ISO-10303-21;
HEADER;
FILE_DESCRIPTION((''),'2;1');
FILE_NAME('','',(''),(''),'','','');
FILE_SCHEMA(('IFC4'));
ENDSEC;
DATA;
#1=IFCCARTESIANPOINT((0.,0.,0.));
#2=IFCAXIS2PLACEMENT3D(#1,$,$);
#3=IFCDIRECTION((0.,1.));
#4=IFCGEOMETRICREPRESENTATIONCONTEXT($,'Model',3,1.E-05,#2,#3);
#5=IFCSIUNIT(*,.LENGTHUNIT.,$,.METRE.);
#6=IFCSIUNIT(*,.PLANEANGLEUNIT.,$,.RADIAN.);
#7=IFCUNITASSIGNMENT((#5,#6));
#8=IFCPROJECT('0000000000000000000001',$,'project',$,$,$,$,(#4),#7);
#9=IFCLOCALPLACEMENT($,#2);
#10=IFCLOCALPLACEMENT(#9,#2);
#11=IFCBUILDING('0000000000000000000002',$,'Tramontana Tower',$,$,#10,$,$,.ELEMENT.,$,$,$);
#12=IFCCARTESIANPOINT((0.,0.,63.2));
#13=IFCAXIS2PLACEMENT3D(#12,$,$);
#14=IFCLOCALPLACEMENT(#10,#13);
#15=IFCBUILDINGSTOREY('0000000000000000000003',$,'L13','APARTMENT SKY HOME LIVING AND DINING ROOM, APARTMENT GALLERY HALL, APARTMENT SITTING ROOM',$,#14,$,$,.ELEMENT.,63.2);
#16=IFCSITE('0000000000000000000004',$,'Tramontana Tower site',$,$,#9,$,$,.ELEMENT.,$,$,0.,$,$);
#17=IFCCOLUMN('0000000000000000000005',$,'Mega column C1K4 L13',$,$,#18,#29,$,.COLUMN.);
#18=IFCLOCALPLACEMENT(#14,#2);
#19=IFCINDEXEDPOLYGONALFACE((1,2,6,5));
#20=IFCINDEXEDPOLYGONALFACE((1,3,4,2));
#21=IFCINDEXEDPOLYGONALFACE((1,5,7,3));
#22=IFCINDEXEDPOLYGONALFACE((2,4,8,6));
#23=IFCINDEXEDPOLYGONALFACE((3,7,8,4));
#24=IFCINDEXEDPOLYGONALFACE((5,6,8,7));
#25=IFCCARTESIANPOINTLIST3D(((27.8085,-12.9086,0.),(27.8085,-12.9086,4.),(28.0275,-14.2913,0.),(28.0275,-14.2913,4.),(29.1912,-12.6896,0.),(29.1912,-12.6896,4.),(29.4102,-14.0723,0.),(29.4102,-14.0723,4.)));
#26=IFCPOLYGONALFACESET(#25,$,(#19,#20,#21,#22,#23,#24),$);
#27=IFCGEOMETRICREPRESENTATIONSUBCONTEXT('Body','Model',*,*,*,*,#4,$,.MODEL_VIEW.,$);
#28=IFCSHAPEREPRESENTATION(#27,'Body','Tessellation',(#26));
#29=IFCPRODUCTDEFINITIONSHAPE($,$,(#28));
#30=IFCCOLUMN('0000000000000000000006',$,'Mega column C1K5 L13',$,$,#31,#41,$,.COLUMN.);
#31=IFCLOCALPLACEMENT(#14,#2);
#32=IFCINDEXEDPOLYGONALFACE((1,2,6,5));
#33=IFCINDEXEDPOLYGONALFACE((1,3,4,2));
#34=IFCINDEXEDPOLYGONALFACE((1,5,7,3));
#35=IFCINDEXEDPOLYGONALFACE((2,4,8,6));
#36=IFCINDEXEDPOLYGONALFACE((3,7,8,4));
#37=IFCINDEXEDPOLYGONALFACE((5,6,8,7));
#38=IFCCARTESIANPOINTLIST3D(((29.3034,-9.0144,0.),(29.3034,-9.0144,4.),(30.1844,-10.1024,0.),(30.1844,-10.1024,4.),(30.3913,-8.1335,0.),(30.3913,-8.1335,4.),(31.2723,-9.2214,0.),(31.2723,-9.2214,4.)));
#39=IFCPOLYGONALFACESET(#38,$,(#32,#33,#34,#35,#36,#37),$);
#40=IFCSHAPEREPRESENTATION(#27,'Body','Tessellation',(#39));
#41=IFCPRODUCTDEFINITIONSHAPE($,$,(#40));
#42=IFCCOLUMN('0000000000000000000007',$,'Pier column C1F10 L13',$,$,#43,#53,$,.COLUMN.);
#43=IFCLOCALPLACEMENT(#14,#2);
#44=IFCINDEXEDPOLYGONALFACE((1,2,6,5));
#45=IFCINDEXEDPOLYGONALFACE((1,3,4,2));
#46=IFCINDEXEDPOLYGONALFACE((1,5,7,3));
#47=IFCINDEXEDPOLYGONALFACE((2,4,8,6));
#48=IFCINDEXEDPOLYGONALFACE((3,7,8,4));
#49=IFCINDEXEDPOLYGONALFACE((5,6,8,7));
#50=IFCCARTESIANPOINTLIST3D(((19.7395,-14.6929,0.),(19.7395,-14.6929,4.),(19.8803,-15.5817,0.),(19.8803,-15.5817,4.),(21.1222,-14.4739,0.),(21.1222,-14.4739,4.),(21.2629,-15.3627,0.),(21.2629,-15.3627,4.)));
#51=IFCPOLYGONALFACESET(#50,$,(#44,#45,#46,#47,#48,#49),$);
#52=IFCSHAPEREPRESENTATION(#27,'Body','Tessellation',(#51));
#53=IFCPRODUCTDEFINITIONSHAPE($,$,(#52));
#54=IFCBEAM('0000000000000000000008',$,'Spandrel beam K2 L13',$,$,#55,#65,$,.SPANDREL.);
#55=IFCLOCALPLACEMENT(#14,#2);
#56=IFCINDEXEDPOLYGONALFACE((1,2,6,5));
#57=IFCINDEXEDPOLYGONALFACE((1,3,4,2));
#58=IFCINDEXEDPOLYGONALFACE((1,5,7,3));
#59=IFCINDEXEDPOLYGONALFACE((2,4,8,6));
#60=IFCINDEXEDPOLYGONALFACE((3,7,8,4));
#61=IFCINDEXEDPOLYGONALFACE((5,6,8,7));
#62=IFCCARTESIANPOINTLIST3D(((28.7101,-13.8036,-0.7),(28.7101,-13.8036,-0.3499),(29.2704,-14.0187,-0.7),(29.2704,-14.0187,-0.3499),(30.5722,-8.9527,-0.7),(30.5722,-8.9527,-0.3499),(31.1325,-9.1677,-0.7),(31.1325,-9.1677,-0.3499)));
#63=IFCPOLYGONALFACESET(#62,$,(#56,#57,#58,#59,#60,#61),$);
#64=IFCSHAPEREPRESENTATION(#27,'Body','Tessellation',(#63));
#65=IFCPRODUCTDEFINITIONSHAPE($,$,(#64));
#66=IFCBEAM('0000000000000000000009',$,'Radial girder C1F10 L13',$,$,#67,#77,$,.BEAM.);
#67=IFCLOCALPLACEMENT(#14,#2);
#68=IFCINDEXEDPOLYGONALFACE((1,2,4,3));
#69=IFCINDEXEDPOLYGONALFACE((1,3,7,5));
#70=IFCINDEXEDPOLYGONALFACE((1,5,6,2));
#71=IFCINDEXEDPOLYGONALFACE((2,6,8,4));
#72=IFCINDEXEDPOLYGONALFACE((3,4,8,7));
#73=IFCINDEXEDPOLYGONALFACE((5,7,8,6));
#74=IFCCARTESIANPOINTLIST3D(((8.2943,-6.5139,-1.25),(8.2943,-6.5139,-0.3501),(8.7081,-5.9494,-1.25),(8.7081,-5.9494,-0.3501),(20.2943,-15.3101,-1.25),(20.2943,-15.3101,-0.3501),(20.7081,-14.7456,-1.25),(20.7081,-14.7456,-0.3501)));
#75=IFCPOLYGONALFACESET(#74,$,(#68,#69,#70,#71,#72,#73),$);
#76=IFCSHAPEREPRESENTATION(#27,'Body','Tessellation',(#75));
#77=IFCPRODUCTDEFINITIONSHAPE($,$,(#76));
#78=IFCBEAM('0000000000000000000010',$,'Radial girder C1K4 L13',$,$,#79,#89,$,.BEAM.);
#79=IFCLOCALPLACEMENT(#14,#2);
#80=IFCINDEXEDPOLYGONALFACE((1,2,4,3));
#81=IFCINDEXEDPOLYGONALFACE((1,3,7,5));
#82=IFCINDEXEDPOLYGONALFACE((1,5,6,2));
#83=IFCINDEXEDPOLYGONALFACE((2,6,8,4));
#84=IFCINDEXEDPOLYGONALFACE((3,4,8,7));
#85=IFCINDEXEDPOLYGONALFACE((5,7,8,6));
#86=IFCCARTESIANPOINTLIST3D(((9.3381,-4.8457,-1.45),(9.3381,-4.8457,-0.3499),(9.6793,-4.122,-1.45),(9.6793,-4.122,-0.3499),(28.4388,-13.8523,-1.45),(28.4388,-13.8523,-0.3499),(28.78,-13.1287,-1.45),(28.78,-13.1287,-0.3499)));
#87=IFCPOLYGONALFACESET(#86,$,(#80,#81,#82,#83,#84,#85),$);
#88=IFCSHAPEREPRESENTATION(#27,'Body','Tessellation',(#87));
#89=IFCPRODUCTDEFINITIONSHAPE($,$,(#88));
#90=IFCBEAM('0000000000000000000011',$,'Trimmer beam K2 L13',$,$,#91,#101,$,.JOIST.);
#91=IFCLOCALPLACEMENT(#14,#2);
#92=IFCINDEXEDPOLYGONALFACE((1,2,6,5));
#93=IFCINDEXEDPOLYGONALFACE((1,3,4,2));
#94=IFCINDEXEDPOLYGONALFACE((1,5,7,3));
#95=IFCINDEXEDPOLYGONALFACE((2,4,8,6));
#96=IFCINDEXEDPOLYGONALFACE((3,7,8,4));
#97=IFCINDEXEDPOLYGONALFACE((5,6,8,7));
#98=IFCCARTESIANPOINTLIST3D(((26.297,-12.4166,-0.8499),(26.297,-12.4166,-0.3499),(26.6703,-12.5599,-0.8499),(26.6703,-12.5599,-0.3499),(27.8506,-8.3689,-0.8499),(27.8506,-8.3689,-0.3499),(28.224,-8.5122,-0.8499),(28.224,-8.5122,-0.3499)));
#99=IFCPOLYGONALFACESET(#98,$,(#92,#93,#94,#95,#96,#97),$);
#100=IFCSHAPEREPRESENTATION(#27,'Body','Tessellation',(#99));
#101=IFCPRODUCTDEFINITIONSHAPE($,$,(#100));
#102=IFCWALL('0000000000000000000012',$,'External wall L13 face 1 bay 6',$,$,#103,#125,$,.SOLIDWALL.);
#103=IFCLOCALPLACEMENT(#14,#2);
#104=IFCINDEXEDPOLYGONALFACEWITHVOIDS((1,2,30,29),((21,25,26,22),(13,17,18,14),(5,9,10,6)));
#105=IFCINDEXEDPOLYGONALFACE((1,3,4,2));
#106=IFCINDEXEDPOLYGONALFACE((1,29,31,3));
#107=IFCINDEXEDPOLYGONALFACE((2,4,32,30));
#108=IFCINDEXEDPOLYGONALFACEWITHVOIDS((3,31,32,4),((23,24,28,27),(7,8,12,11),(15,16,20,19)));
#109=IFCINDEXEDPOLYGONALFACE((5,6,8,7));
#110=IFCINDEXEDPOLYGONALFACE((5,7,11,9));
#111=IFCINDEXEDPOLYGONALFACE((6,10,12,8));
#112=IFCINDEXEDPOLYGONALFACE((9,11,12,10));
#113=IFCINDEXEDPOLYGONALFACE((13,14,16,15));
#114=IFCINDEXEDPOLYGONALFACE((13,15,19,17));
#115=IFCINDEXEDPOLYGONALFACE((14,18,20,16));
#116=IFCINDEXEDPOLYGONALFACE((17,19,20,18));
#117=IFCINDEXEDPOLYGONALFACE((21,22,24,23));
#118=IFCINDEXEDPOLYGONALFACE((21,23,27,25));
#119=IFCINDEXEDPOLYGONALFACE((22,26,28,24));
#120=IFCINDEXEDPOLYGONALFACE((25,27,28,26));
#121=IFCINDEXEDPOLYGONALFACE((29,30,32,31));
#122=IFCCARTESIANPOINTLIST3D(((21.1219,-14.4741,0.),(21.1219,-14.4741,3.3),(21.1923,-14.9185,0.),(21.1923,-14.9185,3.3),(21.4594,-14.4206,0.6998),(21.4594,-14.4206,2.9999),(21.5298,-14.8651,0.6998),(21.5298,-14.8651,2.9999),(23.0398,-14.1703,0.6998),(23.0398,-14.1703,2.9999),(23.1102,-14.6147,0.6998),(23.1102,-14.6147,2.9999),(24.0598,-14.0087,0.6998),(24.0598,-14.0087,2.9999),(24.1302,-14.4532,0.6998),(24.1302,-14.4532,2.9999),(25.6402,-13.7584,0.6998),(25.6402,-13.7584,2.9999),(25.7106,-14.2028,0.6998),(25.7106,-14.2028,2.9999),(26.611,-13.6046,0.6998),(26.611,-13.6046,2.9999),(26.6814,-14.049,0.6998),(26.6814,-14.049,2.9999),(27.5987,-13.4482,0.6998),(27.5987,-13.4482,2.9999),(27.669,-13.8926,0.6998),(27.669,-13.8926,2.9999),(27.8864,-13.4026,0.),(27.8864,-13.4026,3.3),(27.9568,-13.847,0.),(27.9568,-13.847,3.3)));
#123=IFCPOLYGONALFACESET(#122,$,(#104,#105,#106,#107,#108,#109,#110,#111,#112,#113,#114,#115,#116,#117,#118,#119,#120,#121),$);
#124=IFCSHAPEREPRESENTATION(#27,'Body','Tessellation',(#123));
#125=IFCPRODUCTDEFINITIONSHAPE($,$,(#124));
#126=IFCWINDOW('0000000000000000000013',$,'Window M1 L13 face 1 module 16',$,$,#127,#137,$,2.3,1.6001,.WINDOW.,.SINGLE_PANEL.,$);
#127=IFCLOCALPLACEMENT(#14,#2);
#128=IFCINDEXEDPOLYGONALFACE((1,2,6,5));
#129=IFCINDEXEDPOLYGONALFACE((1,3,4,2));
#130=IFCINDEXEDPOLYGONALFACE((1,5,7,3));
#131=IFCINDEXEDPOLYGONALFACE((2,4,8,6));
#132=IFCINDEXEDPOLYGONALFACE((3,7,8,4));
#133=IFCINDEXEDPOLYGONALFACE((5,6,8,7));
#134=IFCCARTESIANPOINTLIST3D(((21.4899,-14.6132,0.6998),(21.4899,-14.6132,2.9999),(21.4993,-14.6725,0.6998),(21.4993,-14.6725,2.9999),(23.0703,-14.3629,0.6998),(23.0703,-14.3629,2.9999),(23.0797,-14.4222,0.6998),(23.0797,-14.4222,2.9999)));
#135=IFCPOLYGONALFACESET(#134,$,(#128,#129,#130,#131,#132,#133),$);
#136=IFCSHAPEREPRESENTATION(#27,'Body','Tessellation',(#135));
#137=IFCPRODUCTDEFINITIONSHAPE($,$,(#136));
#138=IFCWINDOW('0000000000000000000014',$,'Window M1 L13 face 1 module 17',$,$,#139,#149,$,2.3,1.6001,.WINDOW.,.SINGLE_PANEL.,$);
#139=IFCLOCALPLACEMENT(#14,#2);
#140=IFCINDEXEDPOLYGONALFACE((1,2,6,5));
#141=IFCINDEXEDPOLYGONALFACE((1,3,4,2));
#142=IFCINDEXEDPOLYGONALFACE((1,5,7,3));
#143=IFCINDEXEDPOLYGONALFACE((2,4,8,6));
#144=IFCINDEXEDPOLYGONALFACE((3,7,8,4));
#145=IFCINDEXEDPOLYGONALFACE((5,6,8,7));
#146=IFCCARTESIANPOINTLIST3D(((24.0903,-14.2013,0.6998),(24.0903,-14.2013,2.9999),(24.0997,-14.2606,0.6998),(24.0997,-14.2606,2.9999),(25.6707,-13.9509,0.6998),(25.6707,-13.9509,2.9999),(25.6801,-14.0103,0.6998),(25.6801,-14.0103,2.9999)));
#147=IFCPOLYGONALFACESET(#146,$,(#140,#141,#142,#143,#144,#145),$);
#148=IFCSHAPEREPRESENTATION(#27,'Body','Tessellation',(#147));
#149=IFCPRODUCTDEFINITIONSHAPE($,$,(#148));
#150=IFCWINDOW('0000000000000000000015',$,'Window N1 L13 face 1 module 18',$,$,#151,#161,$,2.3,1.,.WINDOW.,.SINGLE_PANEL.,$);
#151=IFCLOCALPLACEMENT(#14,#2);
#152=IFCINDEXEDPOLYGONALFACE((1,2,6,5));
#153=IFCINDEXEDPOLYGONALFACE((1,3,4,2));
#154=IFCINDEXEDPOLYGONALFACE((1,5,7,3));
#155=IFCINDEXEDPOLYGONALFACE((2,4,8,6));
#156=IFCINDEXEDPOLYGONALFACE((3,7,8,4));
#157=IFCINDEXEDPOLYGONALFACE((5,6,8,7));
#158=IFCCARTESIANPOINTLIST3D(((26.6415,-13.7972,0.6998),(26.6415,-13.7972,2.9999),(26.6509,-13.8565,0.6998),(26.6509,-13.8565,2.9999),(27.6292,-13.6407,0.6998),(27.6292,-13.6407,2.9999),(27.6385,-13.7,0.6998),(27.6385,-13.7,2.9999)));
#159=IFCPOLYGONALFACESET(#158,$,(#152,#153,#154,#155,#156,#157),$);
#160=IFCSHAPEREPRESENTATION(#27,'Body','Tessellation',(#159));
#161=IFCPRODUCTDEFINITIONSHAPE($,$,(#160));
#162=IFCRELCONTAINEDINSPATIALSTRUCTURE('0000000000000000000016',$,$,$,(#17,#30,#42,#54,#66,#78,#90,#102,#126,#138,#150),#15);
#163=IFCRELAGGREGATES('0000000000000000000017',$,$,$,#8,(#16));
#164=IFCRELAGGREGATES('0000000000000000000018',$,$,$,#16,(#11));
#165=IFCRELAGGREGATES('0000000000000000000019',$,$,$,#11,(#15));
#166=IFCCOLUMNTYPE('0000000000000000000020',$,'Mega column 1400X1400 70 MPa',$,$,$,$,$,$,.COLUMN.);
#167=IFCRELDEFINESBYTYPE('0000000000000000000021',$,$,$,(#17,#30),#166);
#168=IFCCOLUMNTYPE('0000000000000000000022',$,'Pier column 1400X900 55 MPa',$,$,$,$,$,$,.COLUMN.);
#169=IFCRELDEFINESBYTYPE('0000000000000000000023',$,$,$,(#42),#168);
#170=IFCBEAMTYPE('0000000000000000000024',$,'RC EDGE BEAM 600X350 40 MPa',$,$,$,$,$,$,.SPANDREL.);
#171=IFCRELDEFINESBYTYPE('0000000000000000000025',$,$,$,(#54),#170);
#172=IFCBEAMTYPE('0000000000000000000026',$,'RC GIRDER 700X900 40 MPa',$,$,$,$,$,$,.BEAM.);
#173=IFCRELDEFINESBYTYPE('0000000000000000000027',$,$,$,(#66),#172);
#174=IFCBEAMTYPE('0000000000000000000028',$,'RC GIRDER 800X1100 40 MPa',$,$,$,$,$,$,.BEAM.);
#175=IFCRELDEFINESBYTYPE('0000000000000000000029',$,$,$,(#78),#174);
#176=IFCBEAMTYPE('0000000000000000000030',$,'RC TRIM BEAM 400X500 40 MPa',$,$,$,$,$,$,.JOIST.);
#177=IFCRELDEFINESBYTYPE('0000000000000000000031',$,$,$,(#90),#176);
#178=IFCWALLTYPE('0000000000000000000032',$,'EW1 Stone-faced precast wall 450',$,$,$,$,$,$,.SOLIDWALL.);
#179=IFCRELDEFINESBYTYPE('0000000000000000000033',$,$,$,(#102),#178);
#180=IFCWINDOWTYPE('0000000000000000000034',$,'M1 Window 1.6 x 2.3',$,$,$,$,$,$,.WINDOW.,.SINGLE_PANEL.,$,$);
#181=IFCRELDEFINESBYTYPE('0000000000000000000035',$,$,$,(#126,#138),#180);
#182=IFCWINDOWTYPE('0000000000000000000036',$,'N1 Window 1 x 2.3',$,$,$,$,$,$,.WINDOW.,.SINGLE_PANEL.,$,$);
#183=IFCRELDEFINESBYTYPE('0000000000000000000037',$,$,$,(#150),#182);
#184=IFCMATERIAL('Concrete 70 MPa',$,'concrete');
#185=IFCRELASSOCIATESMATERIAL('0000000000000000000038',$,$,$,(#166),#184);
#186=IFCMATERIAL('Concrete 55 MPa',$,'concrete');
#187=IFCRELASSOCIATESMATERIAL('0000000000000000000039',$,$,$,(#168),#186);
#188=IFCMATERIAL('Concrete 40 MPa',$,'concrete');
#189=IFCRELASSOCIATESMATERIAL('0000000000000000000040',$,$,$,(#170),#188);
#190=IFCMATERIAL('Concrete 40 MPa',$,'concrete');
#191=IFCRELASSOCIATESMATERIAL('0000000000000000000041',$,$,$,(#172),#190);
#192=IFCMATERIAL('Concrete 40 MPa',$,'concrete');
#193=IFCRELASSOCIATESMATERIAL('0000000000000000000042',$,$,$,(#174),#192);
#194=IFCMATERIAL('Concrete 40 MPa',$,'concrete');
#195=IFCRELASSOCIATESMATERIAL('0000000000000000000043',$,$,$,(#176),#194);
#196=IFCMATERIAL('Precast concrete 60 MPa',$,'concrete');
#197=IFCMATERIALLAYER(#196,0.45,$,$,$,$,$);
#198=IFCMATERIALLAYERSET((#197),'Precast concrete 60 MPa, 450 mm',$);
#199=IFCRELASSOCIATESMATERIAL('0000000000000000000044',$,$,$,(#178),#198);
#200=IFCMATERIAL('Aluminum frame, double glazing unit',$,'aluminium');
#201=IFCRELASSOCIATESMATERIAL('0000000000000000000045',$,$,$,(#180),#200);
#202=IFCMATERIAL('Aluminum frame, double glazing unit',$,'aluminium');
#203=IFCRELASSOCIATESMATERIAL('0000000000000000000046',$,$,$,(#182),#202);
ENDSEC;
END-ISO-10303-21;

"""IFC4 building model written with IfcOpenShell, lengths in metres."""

from ifc_helpers import new_model, si_unit, direction, frame, frame_2d, origin, origin_2d, place, context, subcontext, project, spatial, rectangle, extrude, material, layer, layer_set, material_profile, profile_set, type_object, element, fill, save


model = new_model("IFC4")

# Units and contexts
model_context = context("Model", 3, precision=1e-05, world=origin(), true_north=direction((0.0, 1.0)))
body_context = subcontext(model_context, "Body", "Model", "MODEL_VIEW")
ifc_project = project(units=[si_unit("LENGTHUNIT", "METRE"), si_unit("PLANEANGLEUNIT", "RADIAN")], contexts=[model_context])

# Site, building, storey
site_placement = place(None, origin())
site = spatial("IfcSite", under=ifc_project, at=site_placement, Name="Tramontana Tower site", CompositionType="ELEMENT", RefElevation=0.0)
building_placement = place(site_placement, origin())
building = spatial("IfcBuilding", under=site, at=building_placement, Name="Tramontana Tower", CompositionType="ELEMENT")
storey_placement = place(building_placement, frame((0.0, 0.0, 63.2)))
storey = spatial("IfcBuildingStorey", under=building, at=storey_placement, Name="L13", Description="APARTMENT SKY HOME LIVING AND DINING ROOM, APARTMENT GALLERY HALL, APARTMENT SITTING ROOM", CompositionType="ELEMENT", Elevation=63.2)

# Columns
ifc_material_1 = material(Name="Concrete 70 MPa", Category="concrete")
ifc_material_profile_1 = material_profile(ifc_material_1, rectangle(XDim=1.3999, YDim=1.3999, at=origin_2d()), Name="Mega column 1400X1400 70 MPa")
ifc_profile_set_1 = profile_set([ifc_material_profile_1], Name="Concrete 70 MPa")
column_type_1 = type_object("IfcColumnType", Name="Mega column 1400X1400 70 MPa", PredefinedType="COLUMN", material=ifc_profile_set_1)
for number, where, z_axis, x_axis, name in (
    (1, (28.6094, -13.4905, 0.0), (0.0, 0.0, 1.0), (0.987688, 0.156434, 0.0), "Mega column C1K4 L13"),
    (2, (30.2878, -9.1179, 0.0), (0.0, 0.0, 1.0), (-0.62932, 0.777146, 0.0), "Mega column C1K5 L13"),
):
    element("IfcColumn", number, at=place(storey_placement, frame(where, z_axis=z_axis, x_axis=x_axis)), inside=storey, type_object=column_type_1, Name=name, PredefinedType="COLUMN", context=body_context, shape_type="SweptSolid", body=[
        extrude(rectangle(XDim=1.3999, YDim=1.3999, at=origin_2d()), origin(), (0.0, 0.0, 1.0), 4.0),
    ])
ifc_material_2 = material(Name="Concrete 55 MPa", Category="concrete")
ifc_material_profile_2 = material_profile(ifc_material_2, rectangle(XDim=1.3999, YDim=0.8999, at=origin_2d()), Name="Pier column 1400X900 55 MPa")
ifc_profile_set_2 = profile_set([ifc_material_profile_2], Name="Concrete 55 MPa")
column_type_2 = type_object("IfcColumnType", Name="Pier column 1400X900 55 MPa", PredefinedType="COLUMN", material=ifc_profile_set_2)
column_placement = place(storey_placement, frame((20.5012, -15.0278, 0.0), z_axis=(0.0, 0.0, 1.0), x_axis=(0.987688, 0.156434, 0.0)))
element("IfcColumn", 3, at=column_placement, inside=storey, type_object=column_type_2, Name="Pier column C1F10 L13", PredefinedType="COLUMN", context=body_context, shape_type="SweptSolid", body=[
    extrude(rectangle(XDim=1.3999, YDim=0.8999, at=origin_2d()), origin(), (0.0, 0.0, 1.0), 4.0),
])

# Beams
ifc_material_3 = material(Name="Concrete 40 MPa", Category="concrete")
ifc_material_profile_3 = material_profile(ifc_material_3, rectangle(XDim=0.6001, YDim=0.3501, at=origin_2d()), Name="RC EDGE BEAM 600X350 40 MPa")
ifc_profile_set_3 = profile_set([ifc_material_profile_3], Name="Concrete 40 MPa")
beam_type_1 = type_object("IfcBeamType", Name="RC EDGE BEAM 600X350 40 MPa", PredefinedType="SPANDREL", material=ifc_profile_set_3)
beam_1_placement = place(storey_placement, frame((28.9902, -13.9111, -0.5249), z_axis=(0.358368, 0.93358, 0.0), x_axis=(-0.93358, 0.358368, 0.0)))
element("IfcBeam", 4, at=beam_1_placement, inside=storey, type_object=beam_type_1, Name="Spandrel beam K2 L13", PredefinedType="SPANDREL", context=body_context, shape_type="SweptSolid", body=[
    extrude(rectangle(XDim=0.6001, YDim=0.3501, at=origin_2d()), origin(), (0.0, 0.0, 1.0), 5.196),
])
ifc_material_4 = material(Name="Concrete 40 MPa", Category="concrete")
ifc_material_profile_4 = material_profile(ifc_material_4, rectangle(XDim=0.7, YDim=0.8999, at=origin_2d()), Name="RC GIRDER 700X900 40 MPa")
ifc_profile_set_4 = profile_set([ifc_material_profile_4], Name="Concrete 40 MPa")
beam_type_2 = type_object("IfcBeamType", Name="RC GIRDER 700X900 40 MPa", PredefinedType="BEAM", material=ifc_profile_set_4)
beam_2_placement = place(storey_placement, frame((20.5012, -15.0278, -0.8), z_axis=(-0.806529, 0.591195, 0.0), x_axis=(-0.591195, -0.806529, 0.0)))
element("IfcBeam", 5, at=beam_2_placement, inside=storey, type_object=beam_type_2, Name="Radial girder C1F10 L13", PredefinedType="BEAM", context=body_context, shape_type="SweptSolid", body=[
    extrude(rectangle(XDim=0.7, YDim=0.8999, at=origin_2d()), origin(), (0.0, 0.0, 1.0), 14.8787),
])
ifc_material_5 = material(Name="Concrete 40 MPa", Category="concrete")
ifc_material_profile_5 = material_profile(ifc_material_5, rectangle(XDim=0.8, YDim=1.1001, at=origin_2d()), Name="RC GIRDER 800X1100 40 MPa")
ifc_profile_set_5 = profile_set([ifc_material_profile_5], Name="Concrete 40 MPa")
beam_type_3 = type_object("IfcBeamType", Name="RC GIRDER 800X1100 40 MPa", PredefinedType="BEAM", material=ifc_profile_set_5)
beam_3_placement = place(storey_placement, frame((28.6094, -13.4905, -0.8999), z_axis=(-0.904489, 0.426498, 0.0), x_axis=(-0.426498, -0.904489, 0.0)))
element("IfcBeam", 6, at=beam_3_placement, inside=storey, type_object=beam_type_3, Name="Radial girder C1K4 L13", PredefinedType="BEAM", context=body_context, shape_type="SweptSolid", body=[
    extrude(rectangle(XDim=0.8, YDim=1.1001, at=origin_2d()), origin(), (0.0, 0.0, 1.0), 21.1177),
])
ifc_material_6 = material(Name="Concrete 40 MPa", Category="concrete")
ifc_material_profile_6 = material_profile(ifc_material_6, rectangle(XDim=0.3999, YDim=0.5, at=origin_2d()), Name="RC TRIM BEAM 400X500 40 MPa")
ifc_profile_set_6 = profile_set([ifc_material_profile_6], Name="Concrete 40 MPa")
beam_type_4 = type_object("IfcBeamType", Name="RC TRIM BEAM 400X500 40 MPa", PredefinedType="JOIST", material=ifc_profile_set_6)
beam_4_placement = place(storey_placement, frame((26.4836, -12.4883, -0.5999), z_axis=(0.358345, 0.933589, 0.0), x_axis=(-0.933589, 0.358345, 0.0)))
element("IfcBeam", 7, at=beam_4_placement, inside=storey, type_object=beam_type_4, Name="Trimmer beam K2 L13", PredefinedType="JOIST", context=body_context, shape_type="SweptSolid", body=[
    extrude(rectangle(XDim=0.3999, YDim=0.5, at=origin_2d()), origin(), (0.0, 0.0, 1.0), 4.3357),
])

# Wall, openings, windows
ifc_material_7 = material(Name="Precast concrete 60 MPa", Category="concrete")
ifc_layer_1 = layer(ifc_material_7, 0.45)
ifc_layer_set_1 = layer_set([ifc_layer_1], Name="Precast concrete 60 MPa, 450 mm")
wall_type_1 = type_object("IfcWallType", Name="EW1 Stone-faced precast wall 450", PredefinedType="SOLIDWALL", material=ifc_layer_set_1)
wall_1_placement = place(storey_placement, frame((21.1572, -14.6963, 0.0), z_axis=(0.0, 0.0, 1.0), x_axis=(0.987686, 0.156451, 0.0)))
wall_1 = element("IfcWall", 8, at=wall_1_placement, inside=storey, type_object=wall_type_1, Name="External wall L13 face 1 bay 6", PredefinedType="SOLIDWALL", context=body_context, shape_type="SweptSolid", body=[
    extrude(rectangle(XDim=6.8489, YDim=0.45, at=frame_2d((3.4243, 0.0))), origin(), (0.0, 0.0, 1.0), 3.3),
])
opening_1_placement = place(wall_1_placement, frame((0.3416, 0.0, 0.7)))
opening_1 = element("IfcOpeningElement", 9, at=opening_1_placement, cuts=wall_1, PredefinedType="OPENING", context=body_context, shape_type="SweptSolid", body=[
    extrude(rectangle(XDim=1.6001, YDim=2.3, at=frame_2d((0.8, 1.1499))), frame((0.0, 0.2349, 0.0), z_axis=(0.0, -1.0, 0.0), x_axis=(1.0, 0.0, 0.0)), (0.0, 0.0, 1.0), 0.47),
])
opening_2_placement = place(wall_1_placement, frame((2.9744, 0.0, 0.7)))
opening_2 = element("IfcOpeningElement", 10, at=opening_2_placement, cuts=wall_1, PredefinedType="OPENING", context=body_context, shape_type="SweptSolid", body=[
    extrude(rectangle(XDim=1.6001, YDim=2.3, at=frame_2d((0.8, 1.1499))), frame((0.0, 0.2349, 0.0), z_axis=(0.0, -1.0, 0.0), x_axis=(1.0, 0.0, 0.0)), (0.0, 0.0, 1.0), 0.47),
])
opening_3_placement = place(wall_1_placement, frame((5.5574, 0.0, 0.7)))
opening_3 = element("IfcOpeningElement", 11, at=opening_3_placement, cuts=wall_1, PredefinedType="OPENING", context=body_context, shape_type="SweptSolid", body=[
    extrude(rectangle(XDim=1.0, YDim=2.3, at=frame_2d((0.5, 1.1499))), frame((0.0, 0.2349, 0.0), z_axis=(0.0, -1.0, 0.0), x_axis=(1.0, 0.0, 0.0)), (0.0, 0.0, 1.0), 0.47),
])
ifc_material_8 = material(Name="Aluminum frame, double glazing unit", Category="aluminium")
window_type_1 = type_object("IfcWindowType", Name="M1 Window 1.6 x 2.3", PartitioningType="SINGLE_PANEL", PredefinedType="WINDOW", material=ifc_material_8)
window_1_placement = place(opening_1_placement, origin())
window_1 = element("IfcWindow", 12, at=window_1_placement, inside=storey, type_object=window_type_1, Name="Window M1 L13 face 1 module 16", OverallHeight=2.3, OverallWidth=1.6001, PartitioningType="SINGLE_PANEL", PredefinedType="WINDOW", context=body_context, shape_type="SweptSolid", body=[
    extrude(rectangle(XDim=1.6001, YDim=2.3, at=frame_2d((0.8, 1.1499))), frame((0.0, 0.03, 0.0), z_axis=(0.0, -1.0, 0.0), x_axis=(1.0, 0.0, 0.0)), (0.0, 0.0, 1.0), 0.0601),
])
fill(opening_1, window_1)
window_2_placement = place(opening_2_placement, origin())
window_2 = element("IfcWindow", 13, at=window_2_placement, inside=storey, type_object=window_type_1, Name="Window M1 L13 face 1 module 17", OverallHeight=2.3, OverallWidth=1.6001, PartitioningType="SINGLE_PANEL", PredefinedType="WINDOW", context=body_context, shape_type="SweptSolid", body=[
    extrude(rectangle(XDim=1.6001, YDim=2.3, at=frame_2d((0.8, 1.1499))), frame((0.0, 0.03, 0.0), z_axis=(0.0, -1.0, 0.0), x_axis=(1.0, 0.0, 0.0)), (0.0, 0.0, 1.0), 0.0601),
])
fill(opening_2, window_2)
ifc_material_9 = material(Name="Aluminum frame, double glazing unit", Category="aluminium")
window_type_2 = type_object("IfcWindowType", Name="N1 Window 1 x 2.3", PartitioningType="SINGLE_PANEL", PredefinedType="WINDOW", material=ifc_material_9)
window_3_placement = place(opening_3_placement, origin())
window_3 = element("IfcWindow", 14, at=window_3_placement, inside=storey, type_object=window_type_2, Name="Window N1 L13 face 1 module 18", OverallHeight=2.3, OverallWidth=1.0, PartitioningType="SINGLE_PANEL", PredefinedType="WINDOW", context=body_context, shape_type="SweptSolid", body=[
    extrude(rectangle(XDim=1.0, YDim=2.3, at=frame_2d((0.5, 1.1499))), frame((0.0, 0.03, 0.0), z_axis=(0.0, -1.0, 0.0), x_axis=(1.0, 0.0, 0.0)), (0.0, 0.0, 1.0), 0.0601),
])
fill(opening_3, window_3)

save(model, "model.ifc")
